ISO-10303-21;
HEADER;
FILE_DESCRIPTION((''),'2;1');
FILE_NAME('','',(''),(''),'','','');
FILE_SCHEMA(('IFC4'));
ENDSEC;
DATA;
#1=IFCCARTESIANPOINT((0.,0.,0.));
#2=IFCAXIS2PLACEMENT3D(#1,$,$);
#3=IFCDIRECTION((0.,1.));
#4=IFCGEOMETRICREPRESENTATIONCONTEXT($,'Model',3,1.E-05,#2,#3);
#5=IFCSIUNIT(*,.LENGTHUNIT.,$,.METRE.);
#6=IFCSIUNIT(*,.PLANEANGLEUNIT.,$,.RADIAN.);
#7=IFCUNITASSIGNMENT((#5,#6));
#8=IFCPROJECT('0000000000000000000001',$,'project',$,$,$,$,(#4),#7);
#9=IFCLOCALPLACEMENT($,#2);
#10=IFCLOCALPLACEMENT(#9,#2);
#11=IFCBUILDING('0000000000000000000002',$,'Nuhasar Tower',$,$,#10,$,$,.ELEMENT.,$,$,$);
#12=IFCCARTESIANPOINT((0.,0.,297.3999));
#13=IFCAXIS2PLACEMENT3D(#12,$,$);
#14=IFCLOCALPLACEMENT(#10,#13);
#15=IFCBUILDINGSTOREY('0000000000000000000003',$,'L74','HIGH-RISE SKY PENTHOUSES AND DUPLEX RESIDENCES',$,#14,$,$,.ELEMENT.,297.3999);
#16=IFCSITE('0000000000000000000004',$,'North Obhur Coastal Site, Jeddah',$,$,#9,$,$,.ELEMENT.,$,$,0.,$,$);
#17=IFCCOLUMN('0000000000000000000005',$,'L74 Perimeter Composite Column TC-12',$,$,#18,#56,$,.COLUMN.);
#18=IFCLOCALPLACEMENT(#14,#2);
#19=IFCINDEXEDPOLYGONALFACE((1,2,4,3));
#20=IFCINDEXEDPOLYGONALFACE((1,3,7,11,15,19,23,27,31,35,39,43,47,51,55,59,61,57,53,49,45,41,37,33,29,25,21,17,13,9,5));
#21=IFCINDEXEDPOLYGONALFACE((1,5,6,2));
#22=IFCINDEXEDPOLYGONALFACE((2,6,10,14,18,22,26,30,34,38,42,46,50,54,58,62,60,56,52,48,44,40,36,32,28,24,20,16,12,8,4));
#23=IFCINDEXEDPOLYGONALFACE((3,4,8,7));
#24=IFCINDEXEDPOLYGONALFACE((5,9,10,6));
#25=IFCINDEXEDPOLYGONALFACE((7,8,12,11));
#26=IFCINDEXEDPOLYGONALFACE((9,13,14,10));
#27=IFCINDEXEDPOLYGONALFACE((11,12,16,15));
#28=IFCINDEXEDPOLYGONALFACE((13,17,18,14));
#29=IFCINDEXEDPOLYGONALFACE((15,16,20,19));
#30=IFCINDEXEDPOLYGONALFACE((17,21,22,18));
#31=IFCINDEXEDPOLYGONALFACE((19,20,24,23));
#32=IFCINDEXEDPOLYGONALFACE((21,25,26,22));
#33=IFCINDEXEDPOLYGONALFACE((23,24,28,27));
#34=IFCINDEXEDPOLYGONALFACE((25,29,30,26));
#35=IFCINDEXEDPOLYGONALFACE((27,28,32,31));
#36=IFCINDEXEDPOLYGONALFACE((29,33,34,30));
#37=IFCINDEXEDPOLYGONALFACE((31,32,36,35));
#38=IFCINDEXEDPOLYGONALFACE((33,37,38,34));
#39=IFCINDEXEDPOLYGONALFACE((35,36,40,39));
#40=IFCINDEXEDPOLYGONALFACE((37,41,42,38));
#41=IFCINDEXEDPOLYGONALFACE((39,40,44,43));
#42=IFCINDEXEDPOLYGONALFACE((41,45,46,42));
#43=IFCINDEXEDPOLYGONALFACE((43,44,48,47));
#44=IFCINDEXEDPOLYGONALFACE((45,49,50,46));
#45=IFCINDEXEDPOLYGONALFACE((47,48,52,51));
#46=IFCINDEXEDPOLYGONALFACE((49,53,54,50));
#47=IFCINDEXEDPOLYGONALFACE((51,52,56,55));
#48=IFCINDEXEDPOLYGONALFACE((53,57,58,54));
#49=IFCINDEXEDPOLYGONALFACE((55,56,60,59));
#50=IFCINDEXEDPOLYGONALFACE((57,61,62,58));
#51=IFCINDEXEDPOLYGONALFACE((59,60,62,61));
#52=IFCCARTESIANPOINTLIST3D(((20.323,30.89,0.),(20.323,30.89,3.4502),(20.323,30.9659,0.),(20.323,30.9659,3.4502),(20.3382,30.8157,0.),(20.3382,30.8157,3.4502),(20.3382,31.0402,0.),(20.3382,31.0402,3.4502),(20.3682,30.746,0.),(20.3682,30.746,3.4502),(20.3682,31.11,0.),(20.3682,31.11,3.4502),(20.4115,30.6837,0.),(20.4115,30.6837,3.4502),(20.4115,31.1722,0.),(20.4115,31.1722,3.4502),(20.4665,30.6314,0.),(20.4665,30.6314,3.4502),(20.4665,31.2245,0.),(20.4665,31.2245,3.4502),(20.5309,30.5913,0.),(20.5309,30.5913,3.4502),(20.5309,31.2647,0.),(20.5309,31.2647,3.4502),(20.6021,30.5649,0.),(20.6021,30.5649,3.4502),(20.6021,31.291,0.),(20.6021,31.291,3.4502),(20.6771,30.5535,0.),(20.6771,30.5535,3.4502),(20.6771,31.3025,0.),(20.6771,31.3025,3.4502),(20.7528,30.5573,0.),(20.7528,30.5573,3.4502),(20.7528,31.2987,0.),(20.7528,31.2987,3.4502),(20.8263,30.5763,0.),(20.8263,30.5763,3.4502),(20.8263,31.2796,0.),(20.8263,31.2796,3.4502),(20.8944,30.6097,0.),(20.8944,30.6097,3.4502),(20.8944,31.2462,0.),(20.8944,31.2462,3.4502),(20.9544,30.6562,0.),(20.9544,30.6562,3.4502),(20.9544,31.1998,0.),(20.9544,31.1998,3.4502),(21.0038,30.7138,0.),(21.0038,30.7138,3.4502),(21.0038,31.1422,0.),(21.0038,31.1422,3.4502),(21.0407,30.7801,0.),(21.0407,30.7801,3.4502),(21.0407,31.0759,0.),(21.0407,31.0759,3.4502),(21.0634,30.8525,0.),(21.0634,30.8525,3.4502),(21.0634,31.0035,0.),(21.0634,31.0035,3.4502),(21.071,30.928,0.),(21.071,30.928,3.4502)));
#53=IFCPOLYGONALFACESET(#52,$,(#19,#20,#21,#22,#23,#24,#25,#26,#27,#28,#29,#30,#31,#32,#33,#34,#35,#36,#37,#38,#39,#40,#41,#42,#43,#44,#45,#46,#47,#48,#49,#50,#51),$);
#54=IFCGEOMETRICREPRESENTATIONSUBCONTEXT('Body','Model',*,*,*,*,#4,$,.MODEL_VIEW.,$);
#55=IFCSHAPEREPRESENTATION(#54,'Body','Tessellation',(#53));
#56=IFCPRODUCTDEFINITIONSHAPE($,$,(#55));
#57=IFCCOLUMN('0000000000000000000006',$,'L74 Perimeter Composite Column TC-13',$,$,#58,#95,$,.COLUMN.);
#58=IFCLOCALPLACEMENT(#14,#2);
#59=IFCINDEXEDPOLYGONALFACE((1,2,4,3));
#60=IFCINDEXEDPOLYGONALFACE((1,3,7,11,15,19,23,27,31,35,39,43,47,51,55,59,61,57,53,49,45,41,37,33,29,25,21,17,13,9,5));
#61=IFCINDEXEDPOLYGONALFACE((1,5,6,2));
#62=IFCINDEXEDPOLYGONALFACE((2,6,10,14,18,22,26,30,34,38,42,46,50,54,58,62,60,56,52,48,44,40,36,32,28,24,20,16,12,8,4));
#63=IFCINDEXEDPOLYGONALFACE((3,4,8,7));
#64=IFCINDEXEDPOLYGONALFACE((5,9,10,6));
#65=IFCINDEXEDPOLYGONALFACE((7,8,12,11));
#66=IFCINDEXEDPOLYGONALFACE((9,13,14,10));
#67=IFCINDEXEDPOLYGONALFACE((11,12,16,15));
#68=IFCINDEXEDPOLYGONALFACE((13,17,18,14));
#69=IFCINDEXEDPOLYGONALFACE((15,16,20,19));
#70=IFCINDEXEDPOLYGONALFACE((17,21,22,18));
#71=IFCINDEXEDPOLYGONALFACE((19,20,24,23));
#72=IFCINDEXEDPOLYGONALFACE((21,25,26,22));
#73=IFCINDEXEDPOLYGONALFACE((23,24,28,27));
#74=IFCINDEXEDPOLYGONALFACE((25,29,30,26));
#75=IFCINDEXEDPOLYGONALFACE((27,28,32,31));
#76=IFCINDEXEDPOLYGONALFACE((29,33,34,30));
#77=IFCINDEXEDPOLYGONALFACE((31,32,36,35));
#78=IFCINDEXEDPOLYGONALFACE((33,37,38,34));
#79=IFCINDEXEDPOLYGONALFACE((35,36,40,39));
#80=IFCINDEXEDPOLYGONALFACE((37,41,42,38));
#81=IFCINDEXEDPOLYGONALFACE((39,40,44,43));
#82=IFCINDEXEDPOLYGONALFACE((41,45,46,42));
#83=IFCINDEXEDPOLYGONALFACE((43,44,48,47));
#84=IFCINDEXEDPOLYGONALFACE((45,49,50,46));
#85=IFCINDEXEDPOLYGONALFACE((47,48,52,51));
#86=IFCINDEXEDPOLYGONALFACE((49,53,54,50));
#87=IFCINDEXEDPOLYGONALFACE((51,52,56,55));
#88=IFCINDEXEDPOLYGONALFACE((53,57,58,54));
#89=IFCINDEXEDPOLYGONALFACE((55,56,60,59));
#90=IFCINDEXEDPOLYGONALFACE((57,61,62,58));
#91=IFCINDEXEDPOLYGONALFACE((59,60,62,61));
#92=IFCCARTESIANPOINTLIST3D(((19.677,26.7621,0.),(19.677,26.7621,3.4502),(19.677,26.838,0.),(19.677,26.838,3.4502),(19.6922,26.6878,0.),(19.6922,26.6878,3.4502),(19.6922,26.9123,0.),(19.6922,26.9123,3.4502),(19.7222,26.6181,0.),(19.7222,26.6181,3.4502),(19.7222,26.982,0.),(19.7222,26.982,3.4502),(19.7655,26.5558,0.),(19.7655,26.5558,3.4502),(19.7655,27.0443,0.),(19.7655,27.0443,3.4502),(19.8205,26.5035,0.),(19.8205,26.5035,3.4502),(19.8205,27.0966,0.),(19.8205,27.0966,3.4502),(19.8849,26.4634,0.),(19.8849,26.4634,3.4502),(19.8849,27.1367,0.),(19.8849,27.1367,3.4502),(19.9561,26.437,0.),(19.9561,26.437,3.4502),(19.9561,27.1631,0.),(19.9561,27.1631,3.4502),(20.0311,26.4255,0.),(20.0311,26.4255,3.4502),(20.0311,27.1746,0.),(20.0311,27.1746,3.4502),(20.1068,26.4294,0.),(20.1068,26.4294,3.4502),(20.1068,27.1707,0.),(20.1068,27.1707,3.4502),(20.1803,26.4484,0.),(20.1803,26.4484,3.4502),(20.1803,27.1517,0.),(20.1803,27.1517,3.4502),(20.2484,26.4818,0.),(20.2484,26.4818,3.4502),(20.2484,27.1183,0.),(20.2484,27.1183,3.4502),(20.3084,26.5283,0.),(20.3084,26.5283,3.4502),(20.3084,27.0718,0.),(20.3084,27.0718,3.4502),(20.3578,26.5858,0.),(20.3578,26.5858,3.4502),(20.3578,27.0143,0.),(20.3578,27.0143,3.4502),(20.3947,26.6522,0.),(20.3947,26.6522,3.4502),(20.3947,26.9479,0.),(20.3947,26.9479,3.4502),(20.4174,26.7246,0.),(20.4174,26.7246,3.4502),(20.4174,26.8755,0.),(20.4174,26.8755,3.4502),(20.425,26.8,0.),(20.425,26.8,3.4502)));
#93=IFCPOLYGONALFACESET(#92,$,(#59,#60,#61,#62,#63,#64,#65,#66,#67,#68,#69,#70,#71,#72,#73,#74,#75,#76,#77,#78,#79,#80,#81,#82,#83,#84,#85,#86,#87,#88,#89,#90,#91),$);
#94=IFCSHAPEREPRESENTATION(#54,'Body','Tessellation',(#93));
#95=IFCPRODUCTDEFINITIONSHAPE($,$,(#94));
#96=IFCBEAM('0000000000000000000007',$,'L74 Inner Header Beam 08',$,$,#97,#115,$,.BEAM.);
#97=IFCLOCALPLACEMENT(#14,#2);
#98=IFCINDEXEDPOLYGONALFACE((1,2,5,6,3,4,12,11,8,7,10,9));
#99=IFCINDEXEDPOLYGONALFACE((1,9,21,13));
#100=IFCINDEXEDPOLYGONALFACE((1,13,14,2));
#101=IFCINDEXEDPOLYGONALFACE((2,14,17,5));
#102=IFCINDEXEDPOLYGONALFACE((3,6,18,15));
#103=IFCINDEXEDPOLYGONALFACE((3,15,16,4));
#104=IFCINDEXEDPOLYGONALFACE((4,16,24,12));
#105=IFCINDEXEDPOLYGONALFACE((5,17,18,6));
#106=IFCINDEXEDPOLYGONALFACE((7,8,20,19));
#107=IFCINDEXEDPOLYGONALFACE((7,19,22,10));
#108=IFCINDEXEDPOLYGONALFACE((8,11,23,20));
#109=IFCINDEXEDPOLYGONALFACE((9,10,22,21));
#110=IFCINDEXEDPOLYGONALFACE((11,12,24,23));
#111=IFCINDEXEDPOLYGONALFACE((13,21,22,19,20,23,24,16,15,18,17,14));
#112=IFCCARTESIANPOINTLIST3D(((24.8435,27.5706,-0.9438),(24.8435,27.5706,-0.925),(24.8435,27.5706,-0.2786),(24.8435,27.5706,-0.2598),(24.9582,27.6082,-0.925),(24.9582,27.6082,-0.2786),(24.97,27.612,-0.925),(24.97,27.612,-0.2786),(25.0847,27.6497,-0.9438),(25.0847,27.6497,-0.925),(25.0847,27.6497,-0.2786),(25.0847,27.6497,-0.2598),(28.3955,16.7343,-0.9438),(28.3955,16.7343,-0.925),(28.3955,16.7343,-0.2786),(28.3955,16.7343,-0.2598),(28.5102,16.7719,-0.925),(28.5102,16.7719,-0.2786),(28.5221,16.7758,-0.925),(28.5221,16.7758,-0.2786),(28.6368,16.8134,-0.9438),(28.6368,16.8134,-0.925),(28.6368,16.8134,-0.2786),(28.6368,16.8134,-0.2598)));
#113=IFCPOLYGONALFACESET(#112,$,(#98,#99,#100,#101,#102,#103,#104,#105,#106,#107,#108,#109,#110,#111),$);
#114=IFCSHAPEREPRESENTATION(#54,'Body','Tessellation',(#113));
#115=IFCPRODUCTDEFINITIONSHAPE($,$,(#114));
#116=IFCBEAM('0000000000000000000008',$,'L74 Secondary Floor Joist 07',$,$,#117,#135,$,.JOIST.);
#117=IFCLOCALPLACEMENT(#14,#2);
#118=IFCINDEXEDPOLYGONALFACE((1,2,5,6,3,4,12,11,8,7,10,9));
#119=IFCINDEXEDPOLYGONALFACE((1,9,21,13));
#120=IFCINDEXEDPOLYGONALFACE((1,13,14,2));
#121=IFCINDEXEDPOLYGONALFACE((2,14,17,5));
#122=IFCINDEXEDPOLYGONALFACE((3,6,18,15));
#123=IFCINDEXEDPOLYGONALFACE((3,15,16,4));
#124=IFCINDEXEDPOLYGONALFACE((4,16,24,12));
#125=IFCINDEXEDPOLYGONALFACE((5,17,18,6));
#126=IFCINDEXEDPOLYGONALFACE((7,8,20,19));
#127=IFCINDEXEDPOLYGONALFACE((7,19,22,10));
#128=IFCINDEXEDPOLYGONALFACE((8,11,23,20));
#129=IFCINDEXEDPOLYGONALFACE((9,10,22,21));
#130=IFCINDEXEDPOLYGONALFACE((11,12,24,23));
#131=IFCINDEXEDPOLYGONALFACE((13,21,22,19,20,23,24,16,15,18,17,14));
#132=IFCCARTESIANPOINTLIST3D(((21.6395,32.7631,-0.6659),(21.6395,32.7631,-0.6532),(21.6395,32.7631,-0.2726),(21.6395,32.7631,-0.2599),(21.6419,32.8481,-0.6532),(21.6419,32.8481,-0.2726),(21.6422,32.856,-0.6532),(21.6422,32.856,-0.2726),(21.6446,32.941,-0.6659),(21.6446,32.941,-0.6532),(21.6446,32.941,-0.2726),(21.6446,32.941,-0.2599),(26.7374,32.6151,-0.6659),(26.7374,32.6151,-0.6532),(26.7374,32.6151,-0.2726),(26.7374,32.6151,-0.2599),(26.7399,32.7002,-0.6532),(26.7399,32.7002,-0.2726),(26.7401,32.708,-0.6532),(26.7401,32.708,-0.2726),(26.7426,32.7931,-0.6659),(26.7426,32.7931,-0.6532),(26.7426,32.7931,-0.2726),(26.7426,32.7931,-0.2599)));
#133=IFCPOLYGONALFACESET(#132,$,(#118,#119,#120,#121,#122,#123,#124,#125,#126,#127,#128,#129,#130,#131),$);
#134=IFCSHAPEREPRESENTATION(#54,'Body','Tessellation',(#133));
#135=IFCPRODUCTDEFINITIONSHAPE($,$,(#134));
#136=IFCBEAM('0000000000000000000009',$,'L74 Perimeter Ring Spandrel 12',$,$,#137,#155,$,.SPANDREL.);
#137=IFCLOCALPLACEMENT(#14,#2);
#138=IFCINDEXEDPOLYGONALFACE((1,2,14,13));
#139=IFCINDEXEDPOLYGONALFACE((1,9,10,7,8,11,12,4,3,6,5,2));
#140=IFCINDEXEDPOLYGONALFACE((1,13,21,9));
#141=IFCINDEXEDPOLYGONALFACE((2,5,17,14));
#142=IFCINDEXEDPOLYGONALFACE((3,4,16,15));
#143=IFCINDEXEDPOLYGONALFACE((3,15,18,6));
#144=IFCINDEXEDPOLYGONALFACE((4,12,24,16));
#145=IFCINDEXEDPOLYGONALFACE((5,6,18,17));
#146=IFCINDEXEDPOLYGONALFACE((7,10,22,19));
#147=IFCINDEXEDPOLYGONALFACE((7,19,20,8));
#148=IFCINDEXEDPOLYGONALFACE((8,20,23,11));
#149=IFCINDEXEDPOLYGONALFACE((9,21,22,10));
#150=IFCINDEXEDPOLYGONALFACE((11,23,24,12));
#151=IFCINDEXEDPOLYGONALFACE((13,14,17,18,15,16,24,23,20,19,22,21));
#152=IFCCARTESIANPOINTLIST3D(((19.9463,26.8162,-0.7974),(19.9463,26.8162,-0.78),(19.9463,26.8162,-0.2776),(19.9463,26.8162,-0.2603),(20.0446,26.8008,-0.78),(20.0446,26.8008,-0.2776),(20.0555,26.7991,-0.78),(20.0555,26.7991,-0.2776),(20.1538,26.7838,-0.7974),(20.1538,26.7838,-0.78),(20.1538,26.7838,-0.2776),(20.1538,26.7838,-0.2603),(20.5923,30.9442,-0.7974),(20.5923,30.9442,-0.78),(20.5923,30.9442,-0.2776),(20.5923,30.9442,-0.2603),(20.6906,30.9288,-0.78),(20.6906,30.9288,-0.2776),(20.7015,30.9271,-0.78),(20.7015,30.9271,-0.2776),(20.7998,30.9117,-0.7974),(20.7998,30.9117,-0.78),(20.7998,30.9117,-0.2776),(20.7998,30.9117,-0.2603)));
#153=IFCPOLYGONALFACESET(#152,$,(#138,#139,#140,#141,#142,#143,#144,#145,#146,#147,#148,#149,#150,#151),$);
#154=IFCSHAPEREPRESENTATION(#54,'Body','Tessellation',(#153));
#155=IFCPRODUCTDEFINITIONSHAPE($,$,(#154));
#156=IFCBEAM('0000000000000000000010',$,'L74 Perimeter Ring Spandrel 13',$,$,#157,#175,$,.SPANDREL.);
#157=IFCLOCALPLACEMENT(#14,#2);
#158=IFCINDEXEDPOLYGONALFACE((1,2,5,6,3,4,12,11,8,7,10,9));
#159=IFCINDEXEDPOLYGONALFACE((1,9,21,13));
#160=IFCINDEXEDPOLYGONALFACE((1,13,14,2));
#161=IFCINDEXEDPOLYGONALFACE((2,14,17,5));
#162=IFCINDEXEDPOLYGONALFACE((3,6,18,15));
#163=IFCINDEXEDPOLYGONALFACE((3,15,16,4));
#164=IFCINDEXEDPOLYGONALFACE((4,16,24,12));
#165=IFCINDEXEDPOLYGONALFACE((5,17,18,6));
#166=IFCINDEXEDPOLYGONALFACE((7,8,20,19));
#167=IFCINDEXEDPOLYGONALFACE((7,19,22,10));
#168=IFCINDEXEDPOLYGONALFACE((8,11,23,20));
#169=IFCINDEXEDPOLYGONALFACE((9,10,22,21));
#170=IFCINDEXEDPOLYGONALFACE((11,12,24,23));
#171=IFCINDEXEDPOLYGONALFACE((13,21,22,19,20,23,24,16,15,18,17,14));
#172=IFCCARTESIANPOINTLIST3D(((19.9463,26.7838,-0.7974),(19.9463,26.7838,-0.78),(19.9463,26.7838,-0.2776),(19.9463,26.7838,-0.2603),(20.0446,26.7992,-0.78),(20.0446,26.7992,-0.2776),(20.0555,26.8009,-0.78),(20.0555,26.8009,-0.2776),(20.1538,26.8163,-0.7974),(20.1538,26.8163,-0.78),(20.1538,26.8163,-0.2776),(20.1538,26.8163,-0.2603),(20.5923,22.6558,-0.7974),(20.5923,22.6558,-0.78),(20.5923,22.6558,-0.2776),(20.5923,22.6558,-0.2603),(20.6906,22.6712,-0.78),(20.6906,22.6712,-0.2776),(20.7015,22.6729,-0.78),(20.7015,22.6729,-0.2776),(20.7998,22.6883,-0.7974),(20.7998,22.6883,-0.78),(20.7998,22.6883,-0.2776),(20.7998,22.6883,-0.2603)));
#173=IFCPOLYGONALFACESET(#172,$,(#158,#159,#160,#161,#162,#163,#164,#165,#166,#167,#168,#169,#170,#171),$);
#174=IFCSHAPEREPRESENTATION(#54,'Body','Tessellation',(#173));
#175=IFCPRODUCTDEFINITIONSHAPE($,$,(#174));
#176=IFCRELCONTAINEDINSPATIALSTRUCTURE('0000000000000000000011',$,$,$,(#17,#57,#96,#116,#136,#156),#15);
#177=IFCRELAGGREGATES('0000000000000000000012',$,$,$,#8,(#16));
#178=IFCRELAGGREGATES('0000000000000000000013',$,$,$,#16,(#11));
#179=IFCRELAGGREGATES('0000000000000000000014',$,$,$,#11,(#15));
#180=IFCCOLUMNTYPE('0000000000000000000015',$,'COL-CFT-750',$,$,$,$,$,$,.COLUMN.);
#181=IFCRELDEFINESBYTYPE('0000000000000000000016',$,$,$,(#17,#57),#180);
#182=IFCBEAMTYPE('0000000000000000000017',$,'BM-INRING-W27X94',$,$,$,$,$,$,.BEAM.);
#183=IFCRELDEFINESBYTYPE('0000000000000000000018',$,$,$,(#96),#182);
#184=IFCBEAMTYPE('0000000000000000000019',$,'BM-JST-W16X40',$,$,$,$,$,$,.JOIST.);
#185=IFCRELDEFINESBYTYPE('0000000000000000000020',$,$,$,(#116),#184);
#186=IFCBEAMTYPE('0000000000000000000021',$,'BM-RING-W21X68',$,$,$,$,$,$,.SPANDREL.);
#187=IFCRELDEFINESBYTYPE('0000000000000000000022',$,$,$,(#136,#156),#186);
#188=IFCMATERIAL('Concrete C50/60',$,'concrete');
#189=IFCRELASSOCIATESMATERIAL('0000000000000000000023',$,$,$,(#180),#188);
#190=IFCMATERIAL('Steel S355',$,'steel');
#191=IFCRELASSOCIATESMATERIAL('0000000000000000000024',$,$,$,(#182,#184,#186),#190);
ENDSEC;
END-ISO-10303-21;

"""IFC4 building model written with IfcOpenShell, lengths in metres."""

from ifc_helpers import new_model, si_unit, direction, frame, origin, origin_2d, place, context, subcontext, project, spatial, circle, i_section, extrude, material, material_profile, profile_set, type_object, element, save


model = new_model("IFC4")

# Units and contexts
model_context = context("Model", 3, precision=1e-05, world=origin(), true_north=direction((0.0, 1.0)))
body_context = subcontext(model_context, "Body", "Model", "MODEL_VIEW")
ifc_project = project(units=[si_unit("LENGTHUNIT", "METRE"), si_unit("PLANEANGLEUNIT", "RADIAN")], contexts=[model_context])

# Site, building, storey
site_placement = place(None, origin())
site = spatial("IfcSite", under=ifc_project, at=site_placement, Name="North Obhur Coastal Site, Jeddah", CompositionType="ELEMENT", RefElevation=0.0)
building_placement = place(site_placement, origin())
building = spatial("IfcBuilding", under=site, at=building_placement, Name="Nuhasar Tower", CompositionType="ELEMENT")
storey_placement = place(building_placement, frame((0.0, 0.0, 297.3999)))
storey = spatial("IfcBuildingStorey", under=building, at=storey_placement, Name="L74", Description="HIGH-RISE SKY PENTHOUSES AND DUPLEX RESIDENCES", CompositionType="ELEMENT", Elevation=297.3999)

# Columns
ifc_material_1 = material(Name="Concrete C50/60", Category="concrete")
ifc_material_profile_1 = material_profile(ifc_material_1, circle(Radius=0.375, at=origin_2d()), Name="CFT750")
ifc_profile_set_1 = profile_set([ifc_material_profile_1], Name="Concrete C50/60")
column_type = type_object("IfcColumnType", Name="COL-CFT-750", PredefinedType="COLUMN", material=ifc_profile_set_1)
for number, where, z_axis, x_axis, name in (
    (1, (20.696, 30.928, 0.0), (0.0, 0.0, 1.0), (1.0, 0.0, 0.0), "L74 Perimeter Composite Column TC-12"),
    (2, (20.05, 26.8, 0.0), (0.0, 0.0, 1.0), (1.0, 0.0, 0.0), "L74 Perimeter Composite Column TC-13"),
):
    element("IfcColumn", number, at=place(storey_placement, frame(where, z_axis=z_axis, x_axis=x_axis)), inside=storey, type_object=column_type, Name=name, PredefinedType="COLUMN", context=body_context, shape_type="SweptSolid", body=[
        extrude(circle(Radius=0.375, at=origin_2d()), origin(), (0.0, 0.0, 1.0), 3.4502),
    ])

# Beams
ifc_material_2 = material(Name="Steel S355", Category="steel")
ifc_material_profile_2 = material_profile(ifc_material_2, i_section(OverallWidth=0.2539, OverallDepth=0.6841, WebThickness=0.0125, FlangeThickness=0.0188, at=origin_2d()), Name="W27X94")
ifc_profile_set_2 = profile_set([ifc_material_profile_2], Name="Steel S355")
beam_type_1 = type_object("IfcBeamType", Name="BM-INRING-W27X94", PredefinedType="BEAM", material=ifc_profile_set_2)
beam_1_placement = place(storey_placement, frame((24.9641, 27.6101, -0.6018), z_axis=(0.311484, -0.950251, 0.0), x_axis=(0.950251, 0.311484, 0.0)))
element("IfcBeam", 3, at=beam_1_placement, inside=storey, type_object=beam_type_1, Name="L74 Inner Header Beam 08", PredefinedType="BEAM", context=body_context, shape_type="SweptSolid", body=[
    extrude(i_section(OverallWidth=0.2539, OverallDepth=0.6841, WebThickness=0.0125, FlangeThickness=0.0188, at=origin_2d()), origin(), (0.0, 0.0, 1.0), 11.4036),
])
ifc_material_profile_3 = material_profile(ifc_material_2, i_section(OverallWidth=0.178, OverallDepth=0.406, WebThickness=0.0078, FlangeThickness=0.0127, at=origin_2d()), Name="W16X40")
ifc_profile_set_3 = profile_set([ifc_material_profile_3], Name="Steel S355")
beam_type_2 = type_object("IfcBeamType", Name="BM-JST-W16X40", PredefinedType="JOIST", material=ifc_profile_set_3)
beam_2_placement = place(storey_placement, frame((26.74, 32.7041, -0.4629), z_axis=(-0.999579, 0.029009, 0.0), x_axis=(-0.029009, -0.999579, 0.0)))
element("IfcBeam", 4, at=beam_2_placement, inside=storey, type_object=beam_type_2, Name="L74 Secondary Floor Joist 07", PredefinedType="JOIST", context=body_context, shape_type="SweptSolid", body=[
    extrude(i_section(OverallWidth=0.178, OverallDepth=0.406, WebThickness=0.0078, FlangeThickness=0.0127, at=origin_2d()), origin(), (0.0, 0.0, 1.0), 5.1001),
])
ifc_material_profile_4 = material_profile(ifc_material_2, i_section(OverallWidth=0.21, OverallDepth=0.5371, WebThickness=0.011, FlangeThickness=0.0173, at=origin_2d()), Name="W21X68")
ifc_profile_set_4 = profile_set([ifc_material_profile_4], Name="Steel S355")
beam_type_3 = type_object("IfcBeamType", Name="BM-RING-W21X68", PredefinedType="SPANDREL", material=ifc_profile_set_4)
for number, where, z_axis, x_axis, name in (
    (5, (20.696, 30.928, -0.5288), (-0.154612, -0.987975, 0.0), (0.987975, -0.154612, 0.0), "L74 Perimeter Ring Spandrel 12"),
    (6, (20.05, 26.8, -0.5288), (0.154612, -0.987975, 0.0), (0.987975, 0.154612, 0.0), "L74 Perimeter Ring Spandrel 13"),
):
    element("IfcBeam", number, at=place(storey_placement, frame(where, z_axis=z_axis, x_axis=x_axis)), inside=storey, type_object=beam_type_3, Name=name, PredefinedType="SPANDREL", context=body_context, shape_type="SweptSolid", body=[
        extrude(i_section(OverallWidth=0.21, OverallDepth=0.5371, WebThickness=0.011, FlangeThickness=0.0173, at=origin_2d()), origin(), (0.0, 0.0, 1.0), 4.1782),
    ])

save(model, "model.ifc")
